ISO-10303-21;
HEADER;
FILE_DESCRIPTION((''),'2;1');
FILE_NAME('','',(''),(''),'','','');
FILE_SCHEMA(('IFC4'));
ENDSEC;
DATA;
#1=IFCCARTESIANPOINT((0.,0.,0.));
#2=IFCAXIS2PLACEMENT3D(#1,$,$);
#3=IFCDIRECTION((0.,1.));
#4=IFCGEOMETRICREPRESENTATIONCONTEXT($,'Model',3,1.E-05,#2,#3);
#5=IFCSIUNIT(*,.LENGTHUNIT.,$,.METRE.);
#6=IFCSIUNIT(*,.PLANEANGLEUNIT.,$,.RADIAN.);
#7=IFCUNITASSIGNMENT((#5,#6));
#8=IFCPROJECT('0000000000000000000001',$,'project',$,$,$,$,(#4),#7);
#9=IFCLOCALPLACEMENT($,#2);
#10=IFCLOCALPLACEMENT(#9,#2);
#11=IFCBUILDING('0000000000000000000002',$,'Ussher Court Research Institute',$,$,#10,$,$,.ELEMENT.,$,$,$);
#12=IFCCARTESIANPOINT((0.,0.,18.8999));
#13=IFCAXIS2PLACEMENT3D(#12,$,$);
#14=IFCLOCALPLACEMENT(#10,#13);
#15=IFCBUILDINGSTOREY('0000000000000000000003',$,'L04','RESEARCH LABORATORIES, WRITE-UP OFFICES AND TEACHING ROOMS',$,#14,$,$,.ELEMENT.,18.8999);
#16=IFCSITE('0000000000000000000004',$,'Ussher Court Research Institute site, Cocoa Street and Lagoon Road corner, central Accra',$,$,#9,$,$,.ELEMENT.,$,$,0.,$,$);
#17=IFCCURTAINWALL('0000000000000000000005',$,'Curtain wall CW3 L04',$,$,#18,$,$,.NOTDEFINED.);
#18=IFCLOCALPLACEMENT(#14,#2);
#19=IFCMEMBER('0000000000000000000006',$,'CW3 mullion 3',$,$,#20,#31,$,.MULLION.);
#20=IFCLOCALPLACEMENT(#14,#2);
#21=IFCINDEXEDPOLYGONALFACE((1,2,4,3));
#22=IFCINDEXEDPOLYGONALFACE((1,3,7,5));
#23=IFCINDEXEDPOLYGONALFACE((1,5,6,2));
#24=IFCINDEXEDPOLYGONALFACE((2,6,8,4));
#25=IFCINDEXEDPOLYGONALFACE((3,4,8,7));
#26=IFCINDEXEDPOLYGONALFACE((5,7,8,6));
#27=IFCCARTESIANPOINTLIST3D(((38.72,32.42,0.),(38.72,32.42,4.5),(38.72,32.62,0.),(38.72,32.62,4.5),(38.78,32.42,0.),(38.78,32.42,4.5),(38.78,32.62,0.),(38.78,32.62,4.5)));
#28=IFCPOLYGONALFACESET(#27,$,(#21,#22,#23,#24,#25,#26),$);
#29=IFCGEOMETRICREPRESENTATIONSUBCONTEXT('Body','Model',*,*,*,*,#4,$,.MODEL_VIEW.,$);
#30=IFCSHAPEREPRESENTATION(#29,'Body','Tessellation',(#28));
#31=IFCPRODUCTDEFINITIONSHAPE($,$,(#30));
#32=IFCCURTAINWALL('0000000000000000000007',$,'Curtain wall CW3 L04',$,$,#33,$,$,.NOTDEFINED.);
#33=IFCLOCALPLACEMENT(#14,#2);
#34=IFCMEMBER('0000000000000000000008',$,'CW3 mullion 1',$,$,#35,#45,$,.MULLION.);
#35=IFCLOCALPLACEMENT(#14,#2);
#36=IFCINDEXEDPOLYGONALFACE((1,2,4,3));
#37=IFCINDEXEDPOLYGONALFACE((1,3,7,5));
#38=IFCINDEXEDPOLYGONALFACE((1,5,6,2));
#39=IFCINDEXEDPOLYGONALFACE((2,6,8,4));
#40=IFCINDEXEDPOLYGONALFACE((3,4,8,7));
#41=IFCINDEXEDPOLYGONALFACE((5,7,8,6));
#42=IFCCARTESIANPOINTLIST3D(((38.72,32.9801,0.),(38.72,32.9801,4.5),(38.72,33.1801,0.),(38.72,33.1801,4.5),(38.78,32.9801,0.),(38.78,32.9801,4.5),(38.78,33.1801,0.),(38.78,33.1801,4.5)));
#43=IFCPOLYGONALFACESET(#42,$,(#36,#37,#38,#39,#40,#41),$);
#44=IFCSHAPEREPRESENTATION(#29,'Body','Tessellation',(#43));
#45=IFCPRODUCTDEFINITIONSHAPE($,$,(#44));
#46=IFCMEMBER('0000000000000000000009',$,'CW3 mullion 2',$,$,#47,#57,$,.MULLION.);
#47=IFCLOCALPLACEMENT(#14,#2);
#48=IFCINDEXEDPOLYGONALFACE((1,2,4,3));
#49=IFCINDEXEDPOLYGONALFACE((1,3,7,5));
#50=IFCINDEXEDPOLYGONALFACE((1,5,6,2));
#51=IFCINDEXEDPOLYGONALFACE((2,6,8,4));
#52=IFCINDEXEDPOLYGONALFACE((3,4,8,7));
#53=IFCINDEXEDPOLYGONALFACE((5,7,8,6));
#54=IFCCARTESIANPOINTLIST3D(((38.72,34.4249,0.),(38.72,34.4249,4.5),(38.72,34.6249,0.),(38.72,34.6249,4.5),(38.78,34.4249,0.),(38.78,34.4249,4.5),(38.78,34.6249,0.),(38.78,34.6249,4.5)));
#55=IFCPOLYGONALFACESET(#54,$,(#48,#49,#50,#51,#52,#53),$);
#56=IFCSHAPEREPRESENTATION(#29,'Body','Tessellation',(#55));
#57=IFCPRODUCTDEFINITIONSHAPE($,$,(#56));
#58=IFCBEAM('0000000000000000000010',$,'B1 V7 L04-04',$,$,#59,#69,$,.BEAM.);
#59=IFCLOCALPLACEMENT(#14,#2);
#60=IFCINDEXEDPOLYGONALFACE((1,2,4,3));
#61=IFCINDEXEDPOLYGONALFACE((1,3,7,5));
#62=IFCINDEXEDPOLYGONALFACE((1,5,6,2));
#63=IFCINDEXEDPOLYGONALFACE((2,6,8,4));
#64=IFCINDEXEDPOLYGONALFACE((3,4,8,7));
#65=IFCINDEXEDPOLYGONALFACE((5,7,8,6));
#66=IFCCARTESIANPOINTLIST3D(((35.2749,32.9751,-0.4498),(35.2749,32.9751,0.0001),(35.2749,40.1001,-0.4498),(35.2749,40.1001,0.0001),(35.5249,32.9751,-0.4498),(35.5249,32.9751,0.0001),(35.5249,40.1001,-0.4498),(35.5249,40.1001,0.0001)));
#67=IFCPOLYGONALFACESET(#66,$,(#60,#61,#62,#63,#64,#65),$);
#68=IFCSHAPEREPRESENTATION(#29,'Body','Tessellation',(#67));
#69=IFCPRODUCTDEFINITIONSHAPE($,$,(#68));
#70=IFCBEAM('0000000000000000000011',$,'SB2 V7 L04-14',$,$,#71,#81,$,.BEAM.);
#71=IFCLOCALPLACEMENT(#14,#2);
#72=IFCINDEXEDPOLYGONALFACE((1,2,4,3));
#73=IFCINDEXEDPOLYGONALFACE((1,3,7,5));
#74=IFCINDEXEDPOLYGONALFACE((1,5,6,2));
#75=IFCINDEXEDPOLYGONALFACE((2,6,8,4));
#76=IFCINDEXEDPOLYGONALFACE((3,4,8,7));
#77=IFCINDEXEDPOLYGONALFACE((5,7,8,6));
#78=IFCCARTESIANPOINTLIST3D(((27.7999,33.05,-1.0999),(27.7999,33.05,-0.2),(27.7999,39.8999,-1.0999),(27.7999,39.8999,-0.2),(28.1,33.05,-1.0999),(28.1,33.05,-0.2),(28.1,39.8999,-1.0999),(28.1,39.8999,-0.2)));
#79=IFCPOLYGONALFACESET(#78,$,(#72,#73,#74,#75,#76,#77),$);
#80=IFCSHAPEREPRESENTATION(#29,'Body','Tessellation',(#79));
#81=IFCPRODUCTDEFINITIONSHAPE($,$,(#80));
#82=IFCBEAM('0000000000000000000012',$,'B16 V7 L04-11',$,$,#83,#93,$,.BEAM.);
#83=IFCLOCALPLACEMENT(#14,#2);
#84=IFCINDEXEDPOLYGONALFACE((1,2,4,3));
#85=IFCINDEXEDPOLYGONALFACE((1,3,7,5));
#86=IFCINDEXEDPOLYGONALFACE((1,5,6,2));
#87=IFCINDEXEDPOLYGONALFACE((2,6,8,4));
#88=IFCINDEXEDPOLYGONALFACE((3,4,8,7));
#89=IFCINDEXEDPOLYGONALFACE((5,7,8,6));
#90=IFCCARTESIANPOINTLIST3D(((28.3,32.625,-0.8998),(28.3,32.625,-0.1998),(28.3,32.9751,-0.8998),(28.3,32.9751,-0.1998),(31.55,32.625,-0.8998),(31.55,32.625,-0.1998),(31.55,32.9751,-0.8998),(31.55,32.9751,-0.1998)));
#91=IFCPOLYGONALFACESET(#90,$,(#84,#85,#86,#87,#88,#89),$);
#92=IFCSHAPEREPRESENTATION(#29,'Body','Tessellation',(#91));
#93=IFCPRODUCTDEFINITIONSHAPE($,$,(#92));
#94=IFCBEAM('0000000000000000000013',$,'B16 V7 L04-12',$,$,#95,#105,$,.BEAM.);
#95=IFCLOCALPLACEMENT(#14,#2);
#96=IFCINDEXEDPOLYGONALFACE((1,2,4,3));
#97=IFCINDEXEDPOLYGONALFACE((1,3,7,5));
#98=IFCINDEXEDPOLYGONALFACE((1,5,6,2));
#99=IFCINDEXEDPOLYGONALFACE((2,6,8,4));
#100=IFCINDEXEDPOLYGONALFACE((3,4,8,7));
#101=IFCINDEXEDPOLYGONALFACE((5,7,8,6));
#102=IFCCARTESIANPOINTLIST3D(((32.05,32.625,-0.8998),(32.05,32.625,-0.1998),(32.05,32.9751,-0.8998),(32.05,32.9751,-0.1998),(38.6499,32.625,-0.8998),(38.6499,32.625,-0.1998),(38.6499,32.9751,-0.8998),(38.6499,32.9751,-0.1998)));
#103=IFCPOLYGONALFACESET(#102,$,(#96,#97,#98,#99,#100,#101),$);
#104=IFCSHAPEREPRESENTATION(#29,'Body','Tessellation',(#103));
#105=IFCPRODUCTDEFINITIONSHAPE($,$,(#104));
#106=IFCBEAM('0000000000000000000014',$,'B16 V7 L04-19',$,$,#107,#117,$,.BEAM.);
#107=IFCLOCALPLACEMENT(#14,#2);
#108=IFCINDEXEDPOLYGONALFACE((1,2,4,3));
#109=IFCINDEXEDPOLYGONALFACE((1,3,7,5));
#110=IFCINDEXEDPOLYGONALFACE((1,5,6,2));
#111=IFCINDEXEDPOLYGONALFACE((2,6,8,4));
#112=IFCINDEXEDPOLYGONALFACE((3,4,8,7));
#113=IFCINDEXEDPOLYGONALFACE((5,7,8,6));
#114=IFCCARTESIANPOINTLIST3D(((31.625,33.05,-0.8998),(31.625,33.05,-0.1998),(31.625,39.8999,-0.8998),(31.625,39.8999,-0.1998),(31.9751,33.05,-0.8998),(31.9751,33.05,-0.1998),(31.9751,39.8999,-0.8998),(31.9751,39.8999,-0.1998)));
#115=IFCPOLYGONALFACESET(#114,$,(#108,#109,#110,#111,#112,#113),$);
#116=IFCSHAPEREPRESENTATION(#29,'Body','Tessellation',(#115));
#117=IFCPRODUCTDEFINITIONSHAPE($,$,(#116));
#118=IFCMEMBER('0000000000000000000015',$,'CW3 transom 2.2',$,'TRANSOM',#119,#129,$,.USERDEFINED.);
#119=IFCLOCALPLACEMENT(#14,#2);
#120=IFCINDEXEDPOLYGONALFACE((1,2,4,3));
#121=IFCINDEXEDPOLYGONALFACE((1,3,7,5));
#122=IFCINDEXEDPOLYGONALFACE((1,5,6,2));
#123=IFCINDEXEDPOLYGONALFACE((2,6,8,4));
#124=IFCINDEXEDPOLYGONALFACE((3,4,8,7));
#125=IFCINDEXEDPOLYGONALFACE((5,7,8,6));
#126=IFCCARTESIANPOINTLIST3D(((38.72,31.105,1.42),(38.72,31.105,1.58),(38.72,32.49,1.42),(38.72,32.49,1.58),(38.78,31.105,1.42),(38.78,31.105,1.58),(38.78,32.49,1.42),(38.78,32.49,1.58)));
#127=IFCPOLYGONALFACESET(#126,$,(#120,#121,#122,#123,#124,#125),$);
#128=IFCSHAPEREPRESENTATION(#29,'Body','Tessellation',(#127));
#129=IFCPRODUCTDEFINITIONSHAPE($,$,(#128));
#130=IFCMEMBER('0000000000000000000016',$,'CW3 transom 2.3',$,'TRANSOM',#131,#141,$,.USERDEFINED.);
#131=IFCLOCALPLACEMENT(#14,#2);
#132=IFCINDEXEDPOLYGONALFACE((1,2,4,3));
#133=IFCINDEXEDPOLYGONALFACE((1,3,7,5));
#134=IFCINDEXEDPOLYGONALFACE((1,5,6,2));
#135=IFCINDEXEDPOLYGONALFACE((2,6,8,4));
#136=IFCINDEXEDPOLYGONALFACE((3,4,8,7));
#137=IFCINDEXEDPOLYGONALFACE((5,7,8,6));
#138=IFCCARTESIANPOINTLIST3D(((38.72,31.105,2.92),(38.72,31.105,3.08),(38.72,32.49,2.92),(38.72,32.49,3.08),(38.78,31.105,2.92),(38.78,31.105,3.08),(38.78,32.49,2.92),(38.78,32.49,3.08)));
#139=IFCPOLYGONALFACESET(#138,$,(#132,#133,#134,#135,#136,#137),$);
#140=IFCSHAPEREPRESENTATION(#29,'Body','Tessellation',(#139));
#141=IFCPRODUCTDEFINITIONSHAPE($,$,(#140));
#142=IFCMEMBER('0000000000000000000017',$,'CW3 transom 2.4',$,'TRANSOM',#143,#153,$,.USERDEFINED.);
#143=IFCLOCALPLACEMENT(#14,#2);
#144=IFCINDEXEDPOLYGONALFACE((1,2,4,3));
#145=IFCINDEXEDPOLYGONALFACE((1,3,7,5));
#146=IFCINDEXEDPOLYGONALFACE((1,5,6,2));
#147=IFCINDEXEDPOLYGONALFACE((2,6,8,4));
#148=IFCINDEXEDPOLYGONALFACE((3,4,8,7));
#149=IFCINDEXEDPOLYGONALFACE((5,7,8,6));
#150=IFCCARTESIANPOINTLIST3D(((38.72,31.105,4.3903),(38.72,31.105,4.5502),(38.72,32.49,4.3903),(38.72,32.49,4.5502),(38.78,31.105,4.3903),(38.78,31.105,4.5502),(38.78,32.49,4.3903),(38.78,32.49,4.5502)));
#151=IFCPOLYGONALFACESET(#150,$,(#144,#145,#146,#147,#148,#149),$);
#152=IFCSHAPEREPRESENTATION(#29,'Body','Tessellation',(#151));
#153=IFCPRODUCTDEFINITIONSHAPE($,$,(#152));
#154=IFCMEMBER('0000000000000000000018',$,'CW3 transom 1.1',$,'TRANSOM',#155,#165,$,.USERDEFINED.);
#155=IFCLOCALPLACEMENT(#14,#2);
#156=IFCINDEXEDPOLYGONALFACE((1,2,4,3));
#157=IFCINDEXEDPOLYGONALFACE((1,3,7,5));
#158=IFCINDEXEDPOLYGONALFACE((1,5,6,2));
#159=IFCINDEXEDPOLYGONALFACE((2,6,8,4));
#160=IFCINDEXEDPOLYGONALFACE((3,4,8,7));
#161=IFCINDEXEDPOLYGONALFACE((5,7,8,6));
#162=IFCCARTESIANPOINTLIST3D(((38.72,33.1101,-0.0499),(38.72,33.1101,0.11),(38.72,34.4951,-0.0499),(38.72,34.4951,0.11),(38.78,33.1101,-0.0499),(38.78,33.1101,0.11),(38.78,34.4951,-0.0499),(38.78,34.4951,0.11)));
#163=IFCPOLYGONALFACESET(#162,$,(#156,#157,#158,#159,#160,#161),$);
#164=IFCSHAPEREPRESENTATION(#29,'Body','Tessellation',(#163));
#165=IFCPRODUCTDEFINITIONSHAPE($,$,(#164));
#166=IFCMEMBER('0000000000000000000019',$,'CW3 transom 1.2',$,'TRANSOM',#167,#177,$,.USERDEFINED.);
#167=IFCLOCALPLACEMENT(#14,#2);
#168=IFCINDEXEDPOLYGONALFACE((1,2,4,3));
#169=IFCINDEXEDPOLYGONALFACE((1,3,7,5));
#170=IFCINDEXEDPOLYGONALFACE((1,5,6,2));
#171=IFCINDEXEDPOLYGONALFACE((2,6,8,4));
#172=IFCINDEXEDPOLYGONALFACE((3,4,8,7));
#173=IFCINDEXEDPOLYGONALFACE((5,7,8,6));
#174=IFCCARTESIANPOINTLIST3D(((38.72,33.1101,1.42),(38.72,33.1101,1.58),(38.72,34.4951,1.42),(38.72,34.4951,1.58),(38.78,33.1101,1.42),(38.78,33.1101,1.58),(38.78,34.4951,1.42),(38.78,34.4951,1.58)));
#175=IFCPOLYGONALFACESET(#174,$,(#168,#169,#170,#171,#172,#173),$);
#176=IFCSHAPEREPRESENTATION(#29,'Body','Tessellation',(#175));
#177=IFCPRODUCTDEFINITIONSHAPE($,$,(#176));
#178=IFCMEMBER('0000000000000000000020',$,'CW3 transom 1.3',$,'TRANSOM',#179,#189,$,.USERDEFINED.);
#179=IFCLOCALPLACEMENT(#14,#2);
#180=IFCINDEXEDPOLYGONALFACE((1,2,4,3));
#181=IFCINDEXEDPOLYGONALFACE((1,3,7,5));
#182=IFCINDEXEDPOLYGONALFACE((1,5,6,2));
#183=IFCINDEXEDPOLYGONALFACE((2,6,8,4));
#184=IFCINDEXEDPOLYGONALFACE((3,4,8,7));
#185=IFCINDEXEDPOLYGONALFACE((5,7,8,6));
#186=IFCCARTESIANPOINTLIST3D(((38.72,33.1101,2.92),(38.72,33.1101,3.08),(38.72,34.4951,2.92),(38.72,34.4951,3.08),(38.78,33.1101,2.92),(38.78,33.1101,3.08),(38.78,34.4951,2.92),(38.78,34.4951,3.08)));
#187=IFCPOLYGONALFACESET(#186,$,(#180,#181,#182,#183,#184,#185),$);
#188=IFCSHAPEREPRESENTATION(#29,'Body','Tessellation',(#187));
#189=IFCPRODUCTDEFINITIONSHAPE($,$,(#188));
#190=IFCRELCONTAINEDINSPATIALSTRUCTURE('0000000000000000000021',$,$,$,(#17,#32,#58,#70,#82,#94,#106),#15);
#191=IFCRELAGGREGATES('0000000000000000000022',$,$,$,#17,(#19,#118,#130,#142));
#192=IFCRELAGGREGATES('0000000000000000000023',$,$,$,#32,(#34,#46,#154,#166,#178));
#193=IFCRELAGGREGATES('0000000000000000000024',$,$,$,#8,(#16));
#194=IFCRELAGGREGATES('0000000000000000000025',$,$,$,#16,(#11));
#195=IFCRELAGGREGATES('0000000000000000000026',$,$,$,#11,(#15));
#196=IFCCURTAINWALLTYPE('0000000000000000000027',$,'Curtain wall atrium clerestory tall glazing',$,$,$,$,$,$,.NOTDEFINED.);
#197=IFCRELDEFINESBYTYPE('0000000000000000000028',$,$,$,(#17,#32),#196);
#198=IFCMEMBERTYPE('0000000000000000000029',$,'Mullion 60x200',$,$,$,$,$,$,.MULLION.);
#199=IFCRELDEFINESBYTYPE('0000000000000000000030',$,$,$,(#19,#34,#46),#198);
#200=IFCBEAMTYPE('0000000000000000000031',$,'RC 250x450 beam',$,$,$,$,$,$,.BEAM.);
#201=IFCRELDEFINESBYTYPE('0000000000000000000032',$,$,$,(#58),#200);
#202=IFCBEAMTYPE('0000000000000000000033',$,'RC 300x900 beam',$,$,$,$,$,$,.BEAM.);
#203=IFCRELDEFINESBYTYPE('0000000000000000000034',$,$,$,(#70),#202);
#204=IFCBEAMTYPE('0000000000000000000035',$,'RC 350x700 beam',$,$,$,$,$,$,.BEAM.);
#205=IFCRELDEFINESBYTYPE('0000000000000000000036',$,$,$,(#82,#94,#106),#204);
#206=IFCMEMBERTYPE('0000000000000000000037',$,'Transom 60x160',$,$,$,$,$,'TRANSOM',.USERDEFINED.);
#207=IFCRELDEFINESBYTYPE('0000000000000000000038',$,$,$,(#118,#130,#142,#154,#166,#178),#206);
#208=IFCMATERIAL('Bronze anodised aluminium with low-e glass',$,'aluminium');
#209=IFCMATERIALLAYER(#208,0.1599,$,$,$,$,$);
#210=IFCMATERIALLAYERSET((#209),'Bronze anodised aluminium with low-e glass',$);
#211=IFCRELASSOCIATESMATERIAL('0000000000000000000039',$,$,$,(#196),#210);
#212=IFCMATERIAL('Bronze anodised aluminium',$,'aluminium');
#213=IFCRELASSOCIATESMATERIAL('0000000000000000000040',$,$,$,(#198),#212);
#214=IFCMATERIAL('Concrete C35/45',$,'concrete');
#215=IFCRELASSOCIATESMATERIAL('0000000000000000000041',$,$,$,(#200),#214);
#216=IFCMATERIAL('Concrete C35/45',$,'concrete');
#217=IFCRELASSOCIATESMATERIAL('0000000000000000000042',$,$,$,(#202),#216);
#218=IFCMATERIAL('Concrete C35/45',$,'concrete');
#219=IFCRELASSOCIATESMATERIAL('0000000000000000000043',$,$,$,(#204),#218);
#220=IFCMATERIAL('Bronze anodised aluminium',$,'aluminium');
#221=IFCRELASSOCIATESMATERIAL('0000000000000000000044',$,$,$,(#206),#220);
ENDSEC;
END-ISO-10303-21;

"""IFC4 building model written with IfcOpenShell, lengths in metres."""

from ifc_helpers import new_model, si_unit, direction, frame, origin, origin_2d, place, context, subcontext, project, spatial, rectangle, extrude, material, layer, layer_set, material_profile, profile_set, type_object, element, aggregate, save


model = new_model("IFC4")

# Units and contexts
model_context = context("Model", 3, precision=1e-05, world=origin(), true_north=direction((0.0, 1.0)))
body_context = subcontext(model_context, "Body", "Model", "MODEL_VIEW")
ifc_project = project(units=[si_unit("LENGTHUNIT", "METRE"), si_unit("PLANEANGLEUNIT", "RADIAN")], contexts=[model_context])

# Site, building, storey
site_placement = place(None, origin())
site = spatial("IfcSite", under=ifc_project, at=site_placement, Name="Ussher Court Research Institute site, Cocoa Street and Lagoon Road corner, central Accra", CompositionType="ELEMENT", RefElevation=0.0)
building_placement = place(site_placement, origin())
building = spatial("IfcBuilding", under=site, at=building_placement, Name="Ussher Court Research Institute", CompositionType="ELEMENT")
storey_placement = place(building_placement, frame((0.0, 0.0, 18.8999)))
storey = spatial("IfcBuildingStorey", under=building, at=storey_placement, Name="L04", Description="RESEARCH LABORATORIES, WRITE-UP OFFICES AND TEACHING ROOMS", CompositionType="ELEMENT", Elevation=18.8999)

# Curtain wall, member
ifc_material_1 = material(Name="Bronze anodised aluminium with low-e glass", Category="aluminium")
ifc_layer_1 = layer(ifc_material_1, 0.1599)
ifc_layer_set_1 = layer_set([ifc_layer_1], Name="Bronze anodised aluminium with low-e glass")
curtain_wall_type = type_object("IfcCurtainWallType", Name="Curtain wall atrium clerestory tall glazing", PredefinedType="NOTDEFINED", material=ifc_layer_set_1)
curtain_wall_1_placement = place(storey_placement, origin())
curtain_wall_1 = element("IfcCurtainWall", 1, at=curtain_wall_1_placement, inside=storey, type_object=curtain_wall_type, Name="Curtain wall CW3 L04", PredefinedType="NOTDEFINED")
ifc_material_2 = material(Name="Bronze anodised aluminium", Category="aluminium")
ifc_material_profile_1 = material_profile(ifc_material_2, rectangle(XDim=0.0601, YDim=0.2, at=origin_2d()), Name="Mullion 60x200")
ifc_profile_set_1 = profile_set([ifc_material_profile_1], Name="Bronze anodised aluminium")
member_type_1 = type_object("IfcMemberType", Name="Mullion 60x200", PredefinedType="MULLION", material=ifc_profile_set_1)
member_1_placement = place(storey_placement, frame((38.75, 32.52, 0.0), z_axis=(0.0, 0.0, 1.0), x_axis=(-1.0, 0.0, 0.0)))
member_1 = element("IfcMember", 2, at=member_1_placement, type_object=member_type_1, Name="CW3 mullion 3", PredefinedType="MULLION", context=body_context, shape_type="SweptSolid", body=[
    extrude(rectangle(XDim=0.0601, YDim=0.2, at=origin_2d()), origin(), (0.0, 0.0, 1.0), 4.5),
])

# Curtain wall, members
curtain_wall_2_placement = place(storey_placement, origin())
curtain_wall_2 = element("IfcCurtainWall", 3, at=curtain_wall_2_placement, inside=storey, type_object=curtain_wall_type, Name="Curtain wall CW3 L04", PredefinedType="NOTDEFINED")
member_2_placement = place(storey_placement, frame((38.75, 33.0801, 0.0), z_axis=(0.0, 0.0, 1.0), x_axis=(-1.0, 0.0, 0.0)))
member_2 = element("IfcMember", 4, at=member_2_placement, type_object=member_type_1, Name="CW3 mullion 1", PredefinedType="MULLION", context=body_context, shape_type="SweptSolid", body=[
    extrude(rectangle(XDim=0.0601, YDim=0.2, at=origin_2d()), origin(), (0.0, 0.0, 1.0), 4.5),
])
member_3_placement = place(storey_placement, frame((38.75, 34.5249, 0.0), z_axis=(0.0, 0.0, 1.0), x_axis=(-1.0, 0.0, 0.0)))
member_3 = element("IfcMember", 5, at=member_3_placement, type_object=member_type_1, Name="CW3 mullion 2", PredefinedType="MULLION", context=body_context, shape_type="SweptSolid", body=[
    extrude(rectangle(XDim=0.0601, YDim=0.2, at=origin_2d()), origin(), (0.0, 0.0, 1.0), 4.5),
])

# Beams
ifc_material_3 = material(Name="Concrete C35/45", Category="concrete")
ifc_material_profile_2 = material_profile(ifc_material_3, rectangle(XDim=0.25, YDim=0.45, at=origin_2d()), Name="RC 250x450")
ifc_profile_set_2 = profile_set([ifc_material_profile_2], Name="Concrete C35/45")
beam_type_1 = type_object("IfcBeamType", Name="RC 250x450 beam", PredefinedType="BEAM", material=ifc_profile_set_2)
beam_1_placement = place(storey_placement, frame((35.3999, 32.9751, -0.2249), z_axis=(0.0, 1.0, 0.0), x_axis=(-1.0, 0.0, 0.0)))
element("IfcBeam", 6, at=beam_1_placement, inside=storey, type_object=beam_type_1, Name="B1 V7 L04-04", PredefinedType="BEAM", context=body_context, shape_type="SweptSolid", body=[
    extrude(rectangle(XDim=0.25, YDim=0.45, at=origin_2d()), origin(), (0.0, 0.0, 1.0), 7.125),
])
ifc_material_4 = material(Name="Concrete C35/45", Category="concrete")
ifc_material_profile_3 = material_profile(ifc_material_4, rectangle(XDim=0.3, YDim=0.8999, at=origin_2d()), Name="RC 300x900")
ifc_profile_set_3 = profile_set([ifc_material_profile_3], Name="Concrete C35/45")
beam_type_2 = type_object("IfcBeamType", Name="RC 300x900 beam", PredefinedType="BEAM", material=ifc_profile_set_3)
beam_2_placement = place(storey_placement, frame((27.95, 33.05, -0.6499), z_axis=(0.0, 1.0, 0.0), x_axis=(-1.0, 0.0, 0.0)))
element("IfcBeam", 7, at=beam_2_placement, inside=storey, type_object=beam_type_2, Name="SB2 V7 L04-14", PredefinedType="BEAM", context=body_context, shape_type="SweptSolid", body=[
    extrude(rectangle(XDim=0.3, YDim=0.8999, at=origin_2d()), origin(), (0.0, 0.0, 1.0), 6.8499),
])
ifc_material_5 = material(Name="Concrete C35/45", Category="concrete")
ifc_material_profile_4 = material_profile(ifc_material_5, rectangle(XDim=0.3501, YDim=0.7, at=origin_2d()), Name="RC 350x700")
ifc_profile_set_4 = profile_set([ifc_material_profile_4], Name="Concrete C35/45")
beam_type_3 = type_object("IfcBeamType", Name="RC 350x700 beam", PredefinedType="BEAM", material=ifc_profile_set_4)
beam_3_placement = place(storey_placement, frame((28.3, 32.8, -0.5498), z_axis=(1.0, 0.0, 0.0), x_axis=(0.0, 1.0, 0.0)))
element("IfcBeam", 8, at=beam_3_placement, inside=storey, type_object=beam_type_3, Name="B16 V7 L04-11", PredefinedType="BEAM", context=body_context, shape_type="SweptSolid", body=[
    extrude(rectangle(XDim=0.3501, YDim=0.7, at=origin_2d()), origin(), (0.0, 0.0, 1.0), 3.25),
])
beam_4_placement = place(storey_placement, frame((32.05, 32.8, -0.5498), z_axis=(1.0, 0.0, 0.0), x_axis=(0.0, 1.0, 0.0)))
element("IfcBeam", 9, at=beam_4_placement, inside=storey, type_object=beam_type_3, Name="B16 V7 L04-12", PredefinedType="BEAM", context=body_context, shape_type="SweptSolid", body=[
    extrude(rectangle(XDim=0.3501, YDim=0.7, at=origin_2d()), origin(), (0.0, 0.0, 1.0), 6.5999),
])
beam_5_placement = place(storey_placement, frame((31.8, 33.05, -0.5498), z_axis=(0.0, 1.0, 0.0), x_axis=(-1.0, 0.0, 0.0)))
element("IfcBeam", 10, at=beam_5_placement, inside=storey, type_object=beam_type_3, Name="B16 V7 L04-19", PredefinedType="BEAM", context=body_context, shape_type="SweptSolid", body=[
    extrude(rectangle(XDim=0.3501, YDim=0.7, at=origin_2d()), origin(), (0.0, 0.0, 1.0), 6.8499),
])

# Members
ifc_material_6 = material(Name="Bronze anodised aluminium", Category="aluminium")
ifc_material_profile_5 = material_profile(ifc_material_6, rectangle(XDim=0.0601, YDim=0.1599, at=origin_2d()), Name="Transom 60x160")
ifc_profile_set_5 = profile_set([ifc_material_profile_5], Name="Bronze anodised aluminium")
member_type_2 = type_object("IfcMemberType", Name="Transom 60x160", ElementType="TRANSOM", PredefinedType="USERDEFINED", material=ifc_profile_set_5)
member_4_placement = place(storey_placement, frame((38.75, 31.105, 1.5), z_axis=(0.0, 1.0, 0.0), x_axis=(-1.0, 0.0, 0.0)))
member_4 = element("IfcMember", 11, at=member_4_placement, type_object=member_type_2, Name="CW3 transom 2.2", ObjectType="TRANSOM", PredefinedType="USERDEFINED", context=body_context, shape_type="SweptSolid", body=[
    extrude(rectangle(XDim=0.0601, YDim=0.1599, at=origin_2d()), origin(), (0.0, 0.0, 1.0), 1.385),
])
member_5_placement = place(storey_placement, frame((38.75, 31.105, 3.0), z_axis=(0.0, 1.0, 0.0), x_axis=(-1.0, 0.0, 0.0)))
member_5 = element("IfcMember", 12, at=member_5_placement, type_object=member_type_2, Name="CW3 transom 2.3", ObjectType="TRANSOM", PredefinedType="USERDEFINED", context=body_context, shape_type="SweptSolid", body=[
    extrude(rectangle(XDim=0.0601, YDim=0.1599, at=origin_2d()), origin(), (0.0, 0.0, 1.0), 1.385),
])
member_6_placement = place(storey_placement, frame((38.75, 31.105, 4.4702), z_axis=(0.0, 1.0, 0.0), x_axis=(-1.0, 0.0, 0.0)))
member_6 = element("IfcMember", 13, at=member_6_placement, type_object=member_type_2, Name="CW3 transom 2.4", ObjectType="TRANSOM", PredefinedType="USERDEFINED", context=body_context, shape_type="SweptSolid", body=[
    extrude(rectangle(XDim=0.0601, YDim=0.1599, at=origin_2d()), origin(), (0.0, 0.0, 1.0), 1.385),
])
member_7_placement = place(storey_placement, frame((38.75, 33.1101, 0.03), z_axis=(0.0, 1.0, 0.0), x_axis=(-1.0, 0.0, 0.0)))
member_7 = element("IfcMember", 14, at=member_7_placement, type_object=member_type_2, Name="CW3 transom 1.1", ObjectType="TRANSOM", PredefinedType="USERDEFINED", context=body_context, shape_type="SweptSolid", body=[
    extrude(rectangle(XDim=0.0601, YDim=0.1599, at=origin_2d()), origin(), (0.0, 0.0, 1.0), 1.385),
])
member_8_placement = place(storey_placement, frame((38.75, 33.1101, 1.5), z_axis=(0.0, 1.0, 0.0), x_axis=(-1.0, 0.0, 0.0)))
member_8 = element("IfcMember", 15, at=member_8_placement, type_object=member_type_2, Name="CW3 transom 1.2", ObjectType="TRANSOM", PredefinedType="USERDEFINED", context=body_context, shape_type="SweptSolid", body=[
    extrude(rectangle(XDim=0.0601, YDim=0.1599, at=origin_2d()), origin(), (0.0, 0.0, 1.0), 1.385),
])
member_9_placement = place(storey_placement, frame((38.75, 33.1101, 3.0), z_axis=(0.0, 1.0, 0.0), x_axis=(-1.0, 0.0, 0.0)))
member_9 = element("IfcMember", 16, at=member_9_placement, type_object=member_type_2, Name="CW3 transom 1.3", ObjectType="TRANSOM", PredefinedType="USERDEFINED", context=body_context, shape_type="SweptSolid", body=[
    extrude(rectangle(XDim=0.0601, YDim=0.1599, at=origin_2d()), origin(), (0.0, 0.0, 1.0), 1.385),
])

aggregate(curtain_wall_1, [member_1, member_4, member_5, member_6])
aggregate(curtain_wall_2, [member_2, member_3, member_7, member_8, member_9])

save(model, "model.ifc")
